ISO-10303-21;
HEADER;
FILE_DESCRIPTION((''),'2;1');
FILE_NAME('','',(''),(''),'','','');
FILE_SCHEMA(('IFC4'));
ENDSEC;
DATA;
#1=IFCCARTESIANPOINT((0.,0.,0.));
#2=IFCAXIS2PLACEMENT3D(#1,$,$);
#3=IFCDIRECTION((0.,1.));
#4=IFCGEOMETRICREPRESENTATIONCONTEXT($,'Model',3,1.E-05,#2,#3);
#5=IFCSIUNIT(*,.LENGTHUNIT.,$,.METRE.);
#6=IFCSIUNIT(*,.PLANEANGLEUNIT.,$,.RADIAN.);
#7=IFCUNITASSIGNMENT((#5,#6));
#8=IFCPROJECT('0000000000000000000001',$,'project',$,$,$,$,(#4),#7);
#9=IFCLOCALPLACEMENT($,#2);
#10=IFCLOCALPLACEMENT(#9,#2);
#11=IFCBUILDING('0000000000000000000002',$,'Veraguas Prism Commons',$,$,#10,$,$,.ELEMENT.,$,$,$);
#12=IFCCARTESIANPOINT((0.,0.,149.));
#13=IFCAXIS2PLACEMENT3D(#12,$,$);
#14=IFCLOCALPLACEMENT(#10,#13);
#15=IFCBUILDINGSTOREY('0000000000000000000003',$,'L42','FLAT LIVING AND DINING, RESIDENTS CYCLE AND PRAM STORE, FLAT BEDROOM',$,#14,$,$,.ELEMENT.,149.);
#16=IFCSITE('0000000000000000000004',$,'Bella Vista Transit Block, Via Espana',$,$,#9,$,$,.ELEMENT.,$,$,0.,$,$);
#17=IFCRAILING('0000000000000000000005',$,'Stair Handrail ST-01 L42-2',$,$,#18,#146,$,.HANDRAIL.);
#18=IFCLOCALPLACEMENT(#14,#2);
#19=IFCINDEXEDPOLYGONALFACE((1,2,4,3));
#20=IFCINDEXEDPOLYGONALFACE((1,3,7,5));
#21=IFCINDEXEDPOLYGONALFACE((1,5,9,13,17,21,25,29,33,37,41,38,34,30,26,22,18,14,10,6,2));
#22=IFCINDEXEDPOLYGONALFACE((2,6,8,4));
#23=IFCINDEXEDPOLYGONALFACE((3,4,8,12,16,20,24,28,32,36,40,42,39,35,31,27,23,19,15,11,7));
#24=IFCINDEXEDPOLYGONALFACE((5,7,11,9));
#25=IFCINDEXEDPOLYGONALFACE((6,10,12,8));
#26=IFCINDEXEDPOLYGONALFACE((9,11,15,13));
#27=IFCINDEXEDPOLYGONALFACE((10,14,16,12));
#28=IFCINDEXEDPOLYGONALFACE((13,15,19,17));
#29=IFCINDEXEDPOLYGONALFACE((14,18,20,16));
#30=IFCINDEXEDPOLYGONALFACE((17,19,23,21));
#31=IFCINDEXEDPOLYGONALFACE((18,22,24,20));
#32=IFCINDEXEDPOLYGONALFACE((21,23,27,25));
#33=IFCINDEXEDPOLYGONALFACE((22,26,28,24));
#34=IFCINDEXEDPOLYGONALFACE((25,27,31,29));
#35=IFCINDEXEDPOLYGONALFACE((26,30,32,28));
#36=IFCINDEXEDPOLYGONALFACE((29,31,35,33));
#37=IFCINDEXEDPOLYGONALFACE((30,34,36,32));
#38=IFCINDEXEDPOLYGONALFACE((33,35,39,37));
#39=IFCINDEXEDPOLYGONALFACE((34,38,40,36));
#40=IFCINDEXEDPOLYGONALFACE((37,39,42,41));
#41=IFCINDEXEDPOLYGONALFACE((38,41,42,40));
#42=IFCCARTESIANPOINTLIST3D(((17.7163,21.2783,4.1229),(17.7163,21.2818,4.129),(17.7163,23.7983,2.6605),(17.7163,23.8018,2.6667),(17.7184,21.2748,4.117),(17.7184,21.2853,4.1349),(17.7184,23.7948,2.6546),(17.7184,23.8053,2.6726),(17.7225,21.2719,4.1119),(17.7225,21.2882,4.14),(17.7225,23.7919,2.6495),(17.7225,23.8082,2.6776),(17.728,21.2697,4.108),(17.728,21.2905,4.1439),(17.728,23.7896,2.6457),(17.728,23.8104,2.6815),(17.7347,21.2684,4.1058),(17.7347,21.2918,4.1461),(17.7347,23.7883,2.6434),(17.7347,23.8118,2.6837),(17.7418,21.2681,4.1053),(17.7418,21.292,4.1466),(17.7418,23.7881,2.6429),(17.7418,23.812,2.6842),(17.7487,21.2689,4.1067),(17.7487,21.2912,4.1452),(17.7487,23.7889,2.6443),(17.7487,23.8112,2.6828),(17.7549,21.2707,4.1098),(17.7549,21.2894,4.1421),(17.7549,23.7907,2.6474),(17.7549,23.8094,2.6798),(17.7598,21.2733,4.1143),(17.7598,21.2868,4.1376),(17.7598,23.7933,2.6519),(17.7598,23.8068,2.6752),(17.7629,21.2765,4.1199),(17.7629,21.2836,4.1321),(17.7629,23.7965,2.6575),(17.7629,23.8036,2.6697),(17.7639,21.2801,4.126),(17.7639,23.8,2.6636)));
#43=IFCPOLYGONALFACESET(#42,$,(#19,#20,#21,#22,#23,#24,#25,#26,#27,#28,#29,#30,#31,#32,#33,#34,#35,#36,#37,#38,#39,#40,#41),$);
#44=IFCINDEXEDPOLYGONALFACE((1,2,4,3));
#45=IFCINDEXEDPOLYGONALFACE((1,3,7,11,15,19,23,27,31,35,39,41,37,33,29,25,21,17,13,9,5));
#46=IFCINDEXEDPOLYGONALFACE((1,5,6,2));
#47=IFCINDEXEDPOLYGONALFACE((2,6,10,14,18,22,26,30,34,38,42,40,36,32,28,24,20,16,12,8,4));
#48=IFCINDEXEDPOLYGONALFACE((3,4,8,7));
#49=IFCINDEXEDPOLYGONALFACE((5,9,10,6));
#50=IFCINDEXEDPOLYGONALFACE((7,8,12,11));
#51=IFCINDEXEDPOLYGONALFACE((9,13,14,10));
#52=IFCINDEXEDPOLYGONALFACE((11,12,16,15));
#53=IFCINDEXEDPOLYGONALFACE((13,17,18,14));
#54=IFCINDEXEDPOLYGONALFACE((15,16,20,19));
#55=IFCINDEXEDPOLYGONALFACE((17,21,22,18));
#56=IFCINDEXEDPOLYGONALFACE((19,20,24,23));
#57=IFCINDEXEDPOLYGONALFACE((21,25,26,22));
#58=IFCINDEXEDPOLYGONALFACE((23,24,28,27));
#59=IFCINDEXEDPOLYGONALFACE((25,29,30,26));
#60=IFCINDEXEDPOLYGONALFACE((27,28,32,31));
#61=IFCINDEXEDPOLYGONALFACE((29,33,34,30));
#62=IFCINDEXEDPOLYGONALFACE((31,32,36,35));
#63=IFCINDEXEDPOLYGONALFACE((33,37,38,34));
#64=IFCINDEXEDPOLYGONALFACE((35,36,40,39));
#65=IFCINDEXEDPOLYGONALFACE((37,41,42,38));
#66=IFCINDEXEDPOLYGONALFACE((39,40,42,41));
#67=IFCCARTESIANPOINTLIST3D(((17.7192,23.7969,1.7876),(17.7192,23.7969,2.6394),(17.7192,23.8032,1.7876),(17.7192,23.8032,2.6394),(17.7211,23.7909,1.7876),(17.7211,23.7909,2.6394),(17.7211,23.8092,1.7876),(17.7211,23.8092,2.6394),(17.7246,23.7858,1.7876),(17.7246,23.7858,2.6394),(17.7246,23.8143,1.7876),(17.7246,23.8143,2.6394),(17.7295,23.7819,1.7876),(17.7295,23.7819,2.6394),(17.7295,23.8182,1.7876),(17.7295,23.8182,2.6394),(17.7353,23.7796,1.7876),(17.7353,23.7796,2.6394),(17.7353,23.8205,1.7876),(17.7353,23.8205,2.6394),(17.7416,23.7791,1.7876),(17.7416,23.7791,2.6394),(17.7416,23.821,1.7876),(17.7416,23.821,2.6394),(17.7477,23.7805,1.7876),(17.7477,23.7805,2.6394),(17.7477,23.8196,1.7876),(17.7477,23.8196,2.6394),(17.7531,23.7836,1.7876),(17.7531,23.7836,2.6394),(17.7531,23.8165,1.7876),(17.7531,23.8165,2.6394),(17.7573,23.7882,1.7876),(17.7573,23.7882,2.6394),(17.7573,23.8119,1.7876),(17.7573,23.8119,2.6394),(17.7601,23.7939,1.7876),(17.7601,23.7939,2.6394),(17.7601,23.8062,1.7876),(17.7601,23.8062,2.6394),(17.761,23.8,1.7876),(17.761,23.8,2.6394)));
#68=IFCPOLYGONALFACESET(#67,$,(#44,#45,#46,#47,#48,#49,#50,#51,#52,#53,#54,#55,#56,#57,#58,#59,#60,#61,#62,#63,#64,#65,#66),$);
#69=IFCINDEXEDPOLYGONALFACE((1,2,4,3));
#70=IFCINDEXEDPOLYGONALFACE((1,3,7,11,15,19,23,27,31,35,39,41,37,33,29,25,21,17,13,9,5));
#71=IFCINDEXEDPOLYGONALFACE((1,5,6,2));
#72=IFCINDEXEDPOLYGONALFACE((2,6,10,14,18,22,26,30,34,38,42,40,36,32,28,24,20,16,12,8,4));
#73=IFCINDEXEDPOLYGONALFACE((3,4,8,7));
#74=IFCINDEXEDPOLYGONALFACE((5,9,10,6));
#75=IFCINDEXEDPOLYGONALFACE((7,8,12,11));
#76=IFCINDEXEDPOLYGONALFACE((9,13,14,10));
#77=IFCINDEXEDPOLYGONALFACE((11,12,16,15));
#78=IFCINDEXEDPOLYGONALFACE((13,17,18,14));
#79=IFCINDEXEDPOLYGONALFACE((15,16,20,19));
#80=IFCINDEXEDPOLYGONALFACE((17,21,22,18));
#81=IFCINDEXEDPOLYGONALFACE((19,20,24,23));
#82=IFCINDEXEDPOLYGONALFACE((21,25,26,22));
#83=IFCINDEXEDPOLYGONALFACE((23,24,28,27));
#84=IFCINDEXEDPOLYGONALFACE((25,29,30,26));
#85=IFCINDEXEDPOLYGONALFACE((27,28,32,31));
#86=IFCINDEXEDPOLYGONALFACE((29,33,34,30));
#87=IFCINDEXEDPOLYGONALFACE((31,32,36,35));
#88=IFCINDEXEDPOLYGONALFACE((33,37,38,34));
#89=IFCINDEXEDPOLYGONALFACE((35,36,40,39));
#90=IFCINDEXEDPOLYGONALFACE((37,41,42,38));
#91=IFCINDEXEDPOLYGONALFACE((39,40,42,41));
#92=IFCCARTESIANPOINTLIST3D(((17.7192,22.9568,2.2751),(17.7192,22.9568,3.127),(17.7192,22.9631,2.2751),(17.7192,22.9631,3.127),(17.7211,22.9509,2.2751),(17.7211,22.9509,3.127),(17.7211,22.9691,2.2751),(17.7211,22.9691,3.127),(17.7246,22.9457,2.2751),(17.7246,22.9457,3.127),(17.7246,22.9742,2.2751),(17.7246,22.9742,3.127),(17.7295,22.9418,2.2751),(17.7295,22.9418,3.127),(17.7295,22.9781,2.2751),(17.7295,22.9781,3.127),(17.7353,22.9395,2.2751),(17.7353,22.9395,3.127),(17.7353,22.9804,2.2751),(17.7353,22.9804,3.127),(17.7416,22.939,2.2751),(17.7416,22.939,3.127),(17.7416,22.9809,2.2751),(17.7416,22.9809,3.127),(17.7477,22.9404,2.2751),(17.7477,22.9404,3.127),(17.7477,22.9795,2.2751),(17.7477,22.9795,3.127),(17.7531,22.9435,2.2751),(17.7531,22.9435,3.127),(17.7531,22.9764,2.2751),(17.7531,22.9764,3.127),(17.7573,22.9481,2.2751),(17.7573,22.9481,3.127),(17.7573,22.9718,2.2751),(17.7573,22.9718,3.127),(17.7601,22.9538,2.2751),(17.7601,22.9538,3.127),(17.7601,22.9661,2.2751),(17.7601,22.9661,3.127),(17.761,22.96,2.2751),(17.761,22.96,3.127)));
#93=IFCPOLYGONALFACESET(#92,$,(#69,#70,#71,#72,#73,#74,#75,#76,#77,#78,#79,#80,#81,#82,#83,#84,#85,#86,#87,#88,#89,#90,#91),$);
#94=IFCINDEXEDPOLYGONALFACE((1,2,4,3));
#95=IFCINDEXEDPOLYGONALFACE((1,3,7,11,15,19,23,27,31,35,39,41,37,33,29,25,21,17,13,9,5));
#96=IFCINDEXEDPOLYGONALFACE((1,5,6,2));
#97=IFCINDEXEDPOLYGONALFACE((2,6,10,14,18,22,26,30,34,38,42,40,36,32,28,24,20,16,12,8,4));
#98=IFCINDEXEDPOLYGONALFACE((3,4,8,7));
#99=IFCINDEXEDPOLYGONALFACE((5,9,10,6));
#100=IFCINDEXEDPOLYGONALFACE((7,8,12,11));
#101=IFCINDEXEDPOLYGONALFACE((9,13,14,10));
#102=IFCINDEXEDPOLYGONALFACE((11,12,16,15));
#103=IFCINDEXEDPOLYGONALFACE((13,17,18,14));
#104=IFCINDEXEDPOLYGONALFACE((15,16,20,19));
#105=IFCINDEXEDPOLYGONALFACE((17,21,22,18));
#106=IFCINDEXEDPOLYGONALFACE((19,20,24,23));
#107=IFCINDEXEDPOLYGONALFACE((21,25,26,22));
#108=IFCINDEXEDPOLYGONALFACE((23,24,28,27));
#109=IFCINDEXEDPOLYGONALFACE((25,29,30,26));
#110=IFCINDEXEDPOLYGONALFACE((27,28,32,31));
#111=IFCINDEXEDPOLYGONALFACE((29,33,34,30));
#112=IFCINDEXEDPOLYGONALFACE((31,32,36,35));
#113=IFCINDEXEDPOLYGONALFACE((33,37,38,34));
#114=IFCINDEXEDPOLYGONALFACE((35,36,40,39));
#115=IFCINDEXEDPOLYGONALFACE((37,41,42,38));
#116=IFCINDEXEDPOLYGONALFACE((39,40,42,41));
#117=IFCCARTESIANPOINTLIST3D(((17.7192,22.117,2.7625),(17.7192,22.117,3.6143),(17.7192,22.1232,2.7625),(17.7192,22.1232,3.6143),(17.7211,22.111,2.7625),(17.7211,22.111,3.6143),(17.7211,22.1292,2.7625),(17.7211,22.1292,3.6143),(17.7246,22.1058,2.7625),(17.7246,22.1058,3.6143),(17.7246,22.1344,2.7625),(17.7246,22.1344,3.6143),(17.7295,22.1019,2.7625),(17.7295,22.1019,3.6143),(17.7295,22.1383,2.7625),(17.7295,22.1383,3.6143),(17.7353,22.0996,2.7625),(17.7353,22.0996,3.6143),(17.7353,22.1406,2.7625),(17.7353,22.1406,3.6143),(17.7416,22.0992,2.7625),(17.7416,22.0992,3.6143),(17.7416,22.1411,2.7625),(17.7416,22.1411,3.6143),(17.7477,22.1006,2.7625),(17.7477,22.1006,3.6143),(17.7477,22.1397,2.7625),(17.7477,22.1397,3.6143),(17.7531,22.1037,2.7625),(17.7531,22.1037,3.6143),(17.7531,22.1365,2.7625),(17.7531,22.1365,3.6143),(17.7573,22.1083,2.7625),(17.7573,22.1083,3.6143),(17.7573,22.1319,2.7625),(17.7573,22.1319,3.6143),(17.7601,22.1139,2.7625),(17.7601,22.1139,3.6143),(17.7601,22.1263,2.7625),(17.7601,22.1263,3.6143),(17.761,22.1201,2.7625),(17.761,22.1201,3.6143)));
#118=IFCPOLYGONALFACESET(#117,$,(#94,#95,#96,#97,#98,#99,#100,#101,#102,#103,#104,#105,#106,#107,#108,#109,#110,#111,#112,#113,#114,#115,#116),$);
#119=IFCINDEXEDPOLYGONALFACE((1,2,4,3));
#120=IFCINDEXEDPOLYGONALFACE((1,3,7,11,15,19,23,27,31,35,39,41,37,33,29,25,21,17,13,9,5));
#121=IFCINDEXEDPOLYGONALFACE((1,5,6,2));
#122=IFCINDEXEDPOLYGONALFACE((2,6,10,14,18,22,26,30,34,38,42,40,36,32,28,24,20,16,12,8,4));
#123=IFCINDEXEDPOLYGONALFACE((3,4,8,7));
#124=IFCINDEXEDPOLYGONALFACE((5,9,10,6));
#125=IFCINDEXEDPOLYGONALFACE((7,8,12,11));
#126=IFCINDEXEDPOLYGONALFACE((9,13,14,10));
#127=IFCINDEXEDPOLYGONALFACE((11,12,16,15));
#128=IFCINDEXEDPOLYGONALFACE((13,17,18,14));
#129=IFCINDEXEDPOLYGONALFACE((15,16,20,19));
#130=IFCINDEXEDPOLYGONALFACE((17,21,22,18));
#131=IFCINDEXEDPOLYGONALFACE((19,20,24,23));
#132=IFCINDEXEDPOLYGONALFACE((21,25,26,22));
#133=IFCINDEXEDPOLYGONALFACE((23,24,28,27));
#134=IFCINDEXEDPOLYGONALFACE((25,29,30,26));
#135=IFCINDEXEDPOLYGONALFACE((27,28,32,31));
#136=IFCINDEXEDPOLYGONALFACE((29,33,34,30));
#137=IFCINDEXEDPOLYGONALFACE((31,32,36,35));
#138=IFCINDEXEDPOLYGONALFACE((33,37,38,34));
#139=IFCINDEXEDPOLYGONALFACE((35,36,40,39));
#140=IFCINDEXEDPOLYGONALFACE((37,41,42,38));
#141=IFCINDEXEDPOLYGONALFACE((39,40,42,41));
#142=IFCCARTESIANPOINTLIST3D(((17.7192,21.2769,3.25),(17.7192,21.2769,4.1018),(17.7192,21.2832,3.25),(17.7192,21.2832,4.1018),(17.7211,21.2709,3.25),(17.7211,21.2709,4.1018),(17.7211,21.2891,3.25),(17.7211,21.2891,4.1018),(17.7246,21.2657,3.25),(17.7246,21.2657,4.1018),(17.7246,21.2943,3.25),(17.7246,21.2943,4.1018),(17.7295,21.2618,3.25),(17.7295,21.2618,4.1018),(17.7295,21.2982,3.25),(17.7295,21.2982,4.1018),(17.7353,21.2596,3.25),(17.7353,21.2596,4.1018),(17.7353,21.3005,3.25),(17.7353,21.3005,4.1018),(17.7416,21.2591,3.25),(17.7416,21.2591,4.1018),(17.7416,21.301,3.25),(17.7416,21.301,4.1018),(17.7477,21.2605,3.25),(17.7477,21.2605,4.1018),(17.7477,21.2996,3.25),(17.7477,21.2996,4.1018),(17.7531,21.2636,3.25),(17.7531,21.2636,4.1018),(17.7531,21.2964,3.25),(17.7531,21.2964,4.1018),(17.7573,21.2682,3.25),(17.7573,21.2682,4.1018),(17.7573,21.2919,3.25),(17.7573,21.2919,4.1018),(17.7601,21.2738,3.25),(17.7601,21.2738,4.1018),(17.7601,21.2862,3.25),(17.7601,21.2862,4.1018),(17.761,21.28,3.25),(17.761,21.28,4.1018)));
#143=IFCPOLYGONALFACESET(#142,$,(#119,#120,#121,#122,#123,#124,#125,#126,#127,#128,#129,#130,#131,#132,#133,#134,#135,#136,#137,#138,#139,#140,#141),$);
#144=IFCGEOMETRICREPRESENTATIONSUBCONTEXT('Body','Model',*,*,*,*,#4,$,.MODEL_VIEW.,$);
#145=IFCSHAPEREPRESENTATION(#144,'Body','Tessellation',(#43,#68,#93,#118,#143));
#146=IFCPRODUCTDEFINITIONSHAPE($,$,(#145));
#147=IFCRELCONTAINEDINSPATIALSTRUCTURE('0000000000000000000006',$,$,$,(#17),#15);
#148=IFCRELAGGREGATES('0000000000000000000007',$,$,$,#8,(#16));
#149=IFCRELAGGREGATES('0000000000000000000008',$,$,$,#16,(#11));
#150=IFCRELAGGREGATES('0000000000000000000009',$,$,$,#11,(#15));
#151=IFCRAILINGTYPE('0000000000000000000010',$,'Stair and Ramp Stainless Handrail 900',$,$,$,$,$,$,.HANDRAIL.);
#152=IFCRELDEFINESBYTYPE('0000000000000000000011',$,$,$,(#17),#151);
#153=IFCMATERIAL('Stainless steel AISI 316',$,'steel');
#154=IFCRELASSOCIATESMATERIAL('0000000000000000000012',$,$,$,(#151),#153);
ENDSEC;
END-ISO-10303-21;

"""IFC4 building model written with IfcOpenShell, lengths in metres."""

from ifc_helpers import new_model, si_unit, direction, frame, origin, origin_2d, place, context, subcontext, project, spatial, circle, extrude, material, type_object, element, save


model = new_model("IFC4")

# Units and contexts
model_context = context("Model", 3, precision=1e-05, world=origin(), true_north=direction((0.0, 1.0)))
body_context = subcontext(model_context, "Body", "Model", "MODEL_VIEW")
ifc_project = project(units=[si_unit("LENGTHUNIT", "METRE"), si_unit("PLANEANGLEUNIT", "RADIAN")], contexts=[model_context])

# Site, building, storey
site_placement = place(None, origin())
site = spatial("IfcSite", under=ifc_project, at=site_placement, Name="Bella Vista Transit Block, Via Espana", CompositionType="ELEMENT", RefElevation=0.0)
building_placement = place(site_placement, origin())
building = spatial("IfcBuilding", under=site, at=building_placement, Name="Veraguas Prism Commons", CompositionType="ELEMENT")
storey_placement = place(building_placement, frame((0.0, 0.0, 149.0)))
storey = spatial("IfcBuildingStorey", under=building, at=storey_placement, Name="L42", Description="FLAT LIVING AND DINING, RESIDENTS CYCLE AND PRAM STORE, FLAT BEDROOM", CompositionType="ELEMENT", Elevation=149.0)

# Railing
ifc_material_1 = material(Name="Stainless steel AISI 316", Category="steel")
railing_type_1 = type_object("IfcRailingType", Name="Stair and Ramp Stainless Handrail 900", PredefinedType="HANDRAIL", material=ifc_material_1)
railing_1_placement = place(storey_placement, frame((17.74, 23.8, 1.7876)))
element("IfcRailing", 1, at=railing_1_placement, inside=storey, type_object=railing_type_1, Name="Stair Handrail ST-01 L42-2", PredefinedType="HANDRAIL", context=body_context, shape_type="SweptSolid", body=[
    extrude(circle(Radius=0.0239, at=origin_2d()), frame((0.0, 0.0, 0.876), z_axis=(0.0, -0.864913, 0.501921), x_axis=(1.0, 0.0, 0.0)), (0.0, 0.0, 1.0), 2.9136),
    extrude(circle(Radius=0.021, at=origin_2d()), origin(), (0.0, 0.0, 1.0), 0.8518),
    extrude(circle(Radius=0.021, at=origin_2d()), frame((0.0, -0.8401, 0.4875)), (0.0, 0.0, 1.0), 0.8518),
    extrude(circle(Radius=0.021, at=origin_2d()), frame((0.0, -1.6799, 0.9749)), (0.0, 0.0, 1.0), 0.8518),
    extrude(circle(Radius=0.021, at=origin_2d()), frame((0.0, -2.52, 1.4624)), (0.0, 0.0, 1.0), 0.8518),
])

save(model, "model.ifc")
